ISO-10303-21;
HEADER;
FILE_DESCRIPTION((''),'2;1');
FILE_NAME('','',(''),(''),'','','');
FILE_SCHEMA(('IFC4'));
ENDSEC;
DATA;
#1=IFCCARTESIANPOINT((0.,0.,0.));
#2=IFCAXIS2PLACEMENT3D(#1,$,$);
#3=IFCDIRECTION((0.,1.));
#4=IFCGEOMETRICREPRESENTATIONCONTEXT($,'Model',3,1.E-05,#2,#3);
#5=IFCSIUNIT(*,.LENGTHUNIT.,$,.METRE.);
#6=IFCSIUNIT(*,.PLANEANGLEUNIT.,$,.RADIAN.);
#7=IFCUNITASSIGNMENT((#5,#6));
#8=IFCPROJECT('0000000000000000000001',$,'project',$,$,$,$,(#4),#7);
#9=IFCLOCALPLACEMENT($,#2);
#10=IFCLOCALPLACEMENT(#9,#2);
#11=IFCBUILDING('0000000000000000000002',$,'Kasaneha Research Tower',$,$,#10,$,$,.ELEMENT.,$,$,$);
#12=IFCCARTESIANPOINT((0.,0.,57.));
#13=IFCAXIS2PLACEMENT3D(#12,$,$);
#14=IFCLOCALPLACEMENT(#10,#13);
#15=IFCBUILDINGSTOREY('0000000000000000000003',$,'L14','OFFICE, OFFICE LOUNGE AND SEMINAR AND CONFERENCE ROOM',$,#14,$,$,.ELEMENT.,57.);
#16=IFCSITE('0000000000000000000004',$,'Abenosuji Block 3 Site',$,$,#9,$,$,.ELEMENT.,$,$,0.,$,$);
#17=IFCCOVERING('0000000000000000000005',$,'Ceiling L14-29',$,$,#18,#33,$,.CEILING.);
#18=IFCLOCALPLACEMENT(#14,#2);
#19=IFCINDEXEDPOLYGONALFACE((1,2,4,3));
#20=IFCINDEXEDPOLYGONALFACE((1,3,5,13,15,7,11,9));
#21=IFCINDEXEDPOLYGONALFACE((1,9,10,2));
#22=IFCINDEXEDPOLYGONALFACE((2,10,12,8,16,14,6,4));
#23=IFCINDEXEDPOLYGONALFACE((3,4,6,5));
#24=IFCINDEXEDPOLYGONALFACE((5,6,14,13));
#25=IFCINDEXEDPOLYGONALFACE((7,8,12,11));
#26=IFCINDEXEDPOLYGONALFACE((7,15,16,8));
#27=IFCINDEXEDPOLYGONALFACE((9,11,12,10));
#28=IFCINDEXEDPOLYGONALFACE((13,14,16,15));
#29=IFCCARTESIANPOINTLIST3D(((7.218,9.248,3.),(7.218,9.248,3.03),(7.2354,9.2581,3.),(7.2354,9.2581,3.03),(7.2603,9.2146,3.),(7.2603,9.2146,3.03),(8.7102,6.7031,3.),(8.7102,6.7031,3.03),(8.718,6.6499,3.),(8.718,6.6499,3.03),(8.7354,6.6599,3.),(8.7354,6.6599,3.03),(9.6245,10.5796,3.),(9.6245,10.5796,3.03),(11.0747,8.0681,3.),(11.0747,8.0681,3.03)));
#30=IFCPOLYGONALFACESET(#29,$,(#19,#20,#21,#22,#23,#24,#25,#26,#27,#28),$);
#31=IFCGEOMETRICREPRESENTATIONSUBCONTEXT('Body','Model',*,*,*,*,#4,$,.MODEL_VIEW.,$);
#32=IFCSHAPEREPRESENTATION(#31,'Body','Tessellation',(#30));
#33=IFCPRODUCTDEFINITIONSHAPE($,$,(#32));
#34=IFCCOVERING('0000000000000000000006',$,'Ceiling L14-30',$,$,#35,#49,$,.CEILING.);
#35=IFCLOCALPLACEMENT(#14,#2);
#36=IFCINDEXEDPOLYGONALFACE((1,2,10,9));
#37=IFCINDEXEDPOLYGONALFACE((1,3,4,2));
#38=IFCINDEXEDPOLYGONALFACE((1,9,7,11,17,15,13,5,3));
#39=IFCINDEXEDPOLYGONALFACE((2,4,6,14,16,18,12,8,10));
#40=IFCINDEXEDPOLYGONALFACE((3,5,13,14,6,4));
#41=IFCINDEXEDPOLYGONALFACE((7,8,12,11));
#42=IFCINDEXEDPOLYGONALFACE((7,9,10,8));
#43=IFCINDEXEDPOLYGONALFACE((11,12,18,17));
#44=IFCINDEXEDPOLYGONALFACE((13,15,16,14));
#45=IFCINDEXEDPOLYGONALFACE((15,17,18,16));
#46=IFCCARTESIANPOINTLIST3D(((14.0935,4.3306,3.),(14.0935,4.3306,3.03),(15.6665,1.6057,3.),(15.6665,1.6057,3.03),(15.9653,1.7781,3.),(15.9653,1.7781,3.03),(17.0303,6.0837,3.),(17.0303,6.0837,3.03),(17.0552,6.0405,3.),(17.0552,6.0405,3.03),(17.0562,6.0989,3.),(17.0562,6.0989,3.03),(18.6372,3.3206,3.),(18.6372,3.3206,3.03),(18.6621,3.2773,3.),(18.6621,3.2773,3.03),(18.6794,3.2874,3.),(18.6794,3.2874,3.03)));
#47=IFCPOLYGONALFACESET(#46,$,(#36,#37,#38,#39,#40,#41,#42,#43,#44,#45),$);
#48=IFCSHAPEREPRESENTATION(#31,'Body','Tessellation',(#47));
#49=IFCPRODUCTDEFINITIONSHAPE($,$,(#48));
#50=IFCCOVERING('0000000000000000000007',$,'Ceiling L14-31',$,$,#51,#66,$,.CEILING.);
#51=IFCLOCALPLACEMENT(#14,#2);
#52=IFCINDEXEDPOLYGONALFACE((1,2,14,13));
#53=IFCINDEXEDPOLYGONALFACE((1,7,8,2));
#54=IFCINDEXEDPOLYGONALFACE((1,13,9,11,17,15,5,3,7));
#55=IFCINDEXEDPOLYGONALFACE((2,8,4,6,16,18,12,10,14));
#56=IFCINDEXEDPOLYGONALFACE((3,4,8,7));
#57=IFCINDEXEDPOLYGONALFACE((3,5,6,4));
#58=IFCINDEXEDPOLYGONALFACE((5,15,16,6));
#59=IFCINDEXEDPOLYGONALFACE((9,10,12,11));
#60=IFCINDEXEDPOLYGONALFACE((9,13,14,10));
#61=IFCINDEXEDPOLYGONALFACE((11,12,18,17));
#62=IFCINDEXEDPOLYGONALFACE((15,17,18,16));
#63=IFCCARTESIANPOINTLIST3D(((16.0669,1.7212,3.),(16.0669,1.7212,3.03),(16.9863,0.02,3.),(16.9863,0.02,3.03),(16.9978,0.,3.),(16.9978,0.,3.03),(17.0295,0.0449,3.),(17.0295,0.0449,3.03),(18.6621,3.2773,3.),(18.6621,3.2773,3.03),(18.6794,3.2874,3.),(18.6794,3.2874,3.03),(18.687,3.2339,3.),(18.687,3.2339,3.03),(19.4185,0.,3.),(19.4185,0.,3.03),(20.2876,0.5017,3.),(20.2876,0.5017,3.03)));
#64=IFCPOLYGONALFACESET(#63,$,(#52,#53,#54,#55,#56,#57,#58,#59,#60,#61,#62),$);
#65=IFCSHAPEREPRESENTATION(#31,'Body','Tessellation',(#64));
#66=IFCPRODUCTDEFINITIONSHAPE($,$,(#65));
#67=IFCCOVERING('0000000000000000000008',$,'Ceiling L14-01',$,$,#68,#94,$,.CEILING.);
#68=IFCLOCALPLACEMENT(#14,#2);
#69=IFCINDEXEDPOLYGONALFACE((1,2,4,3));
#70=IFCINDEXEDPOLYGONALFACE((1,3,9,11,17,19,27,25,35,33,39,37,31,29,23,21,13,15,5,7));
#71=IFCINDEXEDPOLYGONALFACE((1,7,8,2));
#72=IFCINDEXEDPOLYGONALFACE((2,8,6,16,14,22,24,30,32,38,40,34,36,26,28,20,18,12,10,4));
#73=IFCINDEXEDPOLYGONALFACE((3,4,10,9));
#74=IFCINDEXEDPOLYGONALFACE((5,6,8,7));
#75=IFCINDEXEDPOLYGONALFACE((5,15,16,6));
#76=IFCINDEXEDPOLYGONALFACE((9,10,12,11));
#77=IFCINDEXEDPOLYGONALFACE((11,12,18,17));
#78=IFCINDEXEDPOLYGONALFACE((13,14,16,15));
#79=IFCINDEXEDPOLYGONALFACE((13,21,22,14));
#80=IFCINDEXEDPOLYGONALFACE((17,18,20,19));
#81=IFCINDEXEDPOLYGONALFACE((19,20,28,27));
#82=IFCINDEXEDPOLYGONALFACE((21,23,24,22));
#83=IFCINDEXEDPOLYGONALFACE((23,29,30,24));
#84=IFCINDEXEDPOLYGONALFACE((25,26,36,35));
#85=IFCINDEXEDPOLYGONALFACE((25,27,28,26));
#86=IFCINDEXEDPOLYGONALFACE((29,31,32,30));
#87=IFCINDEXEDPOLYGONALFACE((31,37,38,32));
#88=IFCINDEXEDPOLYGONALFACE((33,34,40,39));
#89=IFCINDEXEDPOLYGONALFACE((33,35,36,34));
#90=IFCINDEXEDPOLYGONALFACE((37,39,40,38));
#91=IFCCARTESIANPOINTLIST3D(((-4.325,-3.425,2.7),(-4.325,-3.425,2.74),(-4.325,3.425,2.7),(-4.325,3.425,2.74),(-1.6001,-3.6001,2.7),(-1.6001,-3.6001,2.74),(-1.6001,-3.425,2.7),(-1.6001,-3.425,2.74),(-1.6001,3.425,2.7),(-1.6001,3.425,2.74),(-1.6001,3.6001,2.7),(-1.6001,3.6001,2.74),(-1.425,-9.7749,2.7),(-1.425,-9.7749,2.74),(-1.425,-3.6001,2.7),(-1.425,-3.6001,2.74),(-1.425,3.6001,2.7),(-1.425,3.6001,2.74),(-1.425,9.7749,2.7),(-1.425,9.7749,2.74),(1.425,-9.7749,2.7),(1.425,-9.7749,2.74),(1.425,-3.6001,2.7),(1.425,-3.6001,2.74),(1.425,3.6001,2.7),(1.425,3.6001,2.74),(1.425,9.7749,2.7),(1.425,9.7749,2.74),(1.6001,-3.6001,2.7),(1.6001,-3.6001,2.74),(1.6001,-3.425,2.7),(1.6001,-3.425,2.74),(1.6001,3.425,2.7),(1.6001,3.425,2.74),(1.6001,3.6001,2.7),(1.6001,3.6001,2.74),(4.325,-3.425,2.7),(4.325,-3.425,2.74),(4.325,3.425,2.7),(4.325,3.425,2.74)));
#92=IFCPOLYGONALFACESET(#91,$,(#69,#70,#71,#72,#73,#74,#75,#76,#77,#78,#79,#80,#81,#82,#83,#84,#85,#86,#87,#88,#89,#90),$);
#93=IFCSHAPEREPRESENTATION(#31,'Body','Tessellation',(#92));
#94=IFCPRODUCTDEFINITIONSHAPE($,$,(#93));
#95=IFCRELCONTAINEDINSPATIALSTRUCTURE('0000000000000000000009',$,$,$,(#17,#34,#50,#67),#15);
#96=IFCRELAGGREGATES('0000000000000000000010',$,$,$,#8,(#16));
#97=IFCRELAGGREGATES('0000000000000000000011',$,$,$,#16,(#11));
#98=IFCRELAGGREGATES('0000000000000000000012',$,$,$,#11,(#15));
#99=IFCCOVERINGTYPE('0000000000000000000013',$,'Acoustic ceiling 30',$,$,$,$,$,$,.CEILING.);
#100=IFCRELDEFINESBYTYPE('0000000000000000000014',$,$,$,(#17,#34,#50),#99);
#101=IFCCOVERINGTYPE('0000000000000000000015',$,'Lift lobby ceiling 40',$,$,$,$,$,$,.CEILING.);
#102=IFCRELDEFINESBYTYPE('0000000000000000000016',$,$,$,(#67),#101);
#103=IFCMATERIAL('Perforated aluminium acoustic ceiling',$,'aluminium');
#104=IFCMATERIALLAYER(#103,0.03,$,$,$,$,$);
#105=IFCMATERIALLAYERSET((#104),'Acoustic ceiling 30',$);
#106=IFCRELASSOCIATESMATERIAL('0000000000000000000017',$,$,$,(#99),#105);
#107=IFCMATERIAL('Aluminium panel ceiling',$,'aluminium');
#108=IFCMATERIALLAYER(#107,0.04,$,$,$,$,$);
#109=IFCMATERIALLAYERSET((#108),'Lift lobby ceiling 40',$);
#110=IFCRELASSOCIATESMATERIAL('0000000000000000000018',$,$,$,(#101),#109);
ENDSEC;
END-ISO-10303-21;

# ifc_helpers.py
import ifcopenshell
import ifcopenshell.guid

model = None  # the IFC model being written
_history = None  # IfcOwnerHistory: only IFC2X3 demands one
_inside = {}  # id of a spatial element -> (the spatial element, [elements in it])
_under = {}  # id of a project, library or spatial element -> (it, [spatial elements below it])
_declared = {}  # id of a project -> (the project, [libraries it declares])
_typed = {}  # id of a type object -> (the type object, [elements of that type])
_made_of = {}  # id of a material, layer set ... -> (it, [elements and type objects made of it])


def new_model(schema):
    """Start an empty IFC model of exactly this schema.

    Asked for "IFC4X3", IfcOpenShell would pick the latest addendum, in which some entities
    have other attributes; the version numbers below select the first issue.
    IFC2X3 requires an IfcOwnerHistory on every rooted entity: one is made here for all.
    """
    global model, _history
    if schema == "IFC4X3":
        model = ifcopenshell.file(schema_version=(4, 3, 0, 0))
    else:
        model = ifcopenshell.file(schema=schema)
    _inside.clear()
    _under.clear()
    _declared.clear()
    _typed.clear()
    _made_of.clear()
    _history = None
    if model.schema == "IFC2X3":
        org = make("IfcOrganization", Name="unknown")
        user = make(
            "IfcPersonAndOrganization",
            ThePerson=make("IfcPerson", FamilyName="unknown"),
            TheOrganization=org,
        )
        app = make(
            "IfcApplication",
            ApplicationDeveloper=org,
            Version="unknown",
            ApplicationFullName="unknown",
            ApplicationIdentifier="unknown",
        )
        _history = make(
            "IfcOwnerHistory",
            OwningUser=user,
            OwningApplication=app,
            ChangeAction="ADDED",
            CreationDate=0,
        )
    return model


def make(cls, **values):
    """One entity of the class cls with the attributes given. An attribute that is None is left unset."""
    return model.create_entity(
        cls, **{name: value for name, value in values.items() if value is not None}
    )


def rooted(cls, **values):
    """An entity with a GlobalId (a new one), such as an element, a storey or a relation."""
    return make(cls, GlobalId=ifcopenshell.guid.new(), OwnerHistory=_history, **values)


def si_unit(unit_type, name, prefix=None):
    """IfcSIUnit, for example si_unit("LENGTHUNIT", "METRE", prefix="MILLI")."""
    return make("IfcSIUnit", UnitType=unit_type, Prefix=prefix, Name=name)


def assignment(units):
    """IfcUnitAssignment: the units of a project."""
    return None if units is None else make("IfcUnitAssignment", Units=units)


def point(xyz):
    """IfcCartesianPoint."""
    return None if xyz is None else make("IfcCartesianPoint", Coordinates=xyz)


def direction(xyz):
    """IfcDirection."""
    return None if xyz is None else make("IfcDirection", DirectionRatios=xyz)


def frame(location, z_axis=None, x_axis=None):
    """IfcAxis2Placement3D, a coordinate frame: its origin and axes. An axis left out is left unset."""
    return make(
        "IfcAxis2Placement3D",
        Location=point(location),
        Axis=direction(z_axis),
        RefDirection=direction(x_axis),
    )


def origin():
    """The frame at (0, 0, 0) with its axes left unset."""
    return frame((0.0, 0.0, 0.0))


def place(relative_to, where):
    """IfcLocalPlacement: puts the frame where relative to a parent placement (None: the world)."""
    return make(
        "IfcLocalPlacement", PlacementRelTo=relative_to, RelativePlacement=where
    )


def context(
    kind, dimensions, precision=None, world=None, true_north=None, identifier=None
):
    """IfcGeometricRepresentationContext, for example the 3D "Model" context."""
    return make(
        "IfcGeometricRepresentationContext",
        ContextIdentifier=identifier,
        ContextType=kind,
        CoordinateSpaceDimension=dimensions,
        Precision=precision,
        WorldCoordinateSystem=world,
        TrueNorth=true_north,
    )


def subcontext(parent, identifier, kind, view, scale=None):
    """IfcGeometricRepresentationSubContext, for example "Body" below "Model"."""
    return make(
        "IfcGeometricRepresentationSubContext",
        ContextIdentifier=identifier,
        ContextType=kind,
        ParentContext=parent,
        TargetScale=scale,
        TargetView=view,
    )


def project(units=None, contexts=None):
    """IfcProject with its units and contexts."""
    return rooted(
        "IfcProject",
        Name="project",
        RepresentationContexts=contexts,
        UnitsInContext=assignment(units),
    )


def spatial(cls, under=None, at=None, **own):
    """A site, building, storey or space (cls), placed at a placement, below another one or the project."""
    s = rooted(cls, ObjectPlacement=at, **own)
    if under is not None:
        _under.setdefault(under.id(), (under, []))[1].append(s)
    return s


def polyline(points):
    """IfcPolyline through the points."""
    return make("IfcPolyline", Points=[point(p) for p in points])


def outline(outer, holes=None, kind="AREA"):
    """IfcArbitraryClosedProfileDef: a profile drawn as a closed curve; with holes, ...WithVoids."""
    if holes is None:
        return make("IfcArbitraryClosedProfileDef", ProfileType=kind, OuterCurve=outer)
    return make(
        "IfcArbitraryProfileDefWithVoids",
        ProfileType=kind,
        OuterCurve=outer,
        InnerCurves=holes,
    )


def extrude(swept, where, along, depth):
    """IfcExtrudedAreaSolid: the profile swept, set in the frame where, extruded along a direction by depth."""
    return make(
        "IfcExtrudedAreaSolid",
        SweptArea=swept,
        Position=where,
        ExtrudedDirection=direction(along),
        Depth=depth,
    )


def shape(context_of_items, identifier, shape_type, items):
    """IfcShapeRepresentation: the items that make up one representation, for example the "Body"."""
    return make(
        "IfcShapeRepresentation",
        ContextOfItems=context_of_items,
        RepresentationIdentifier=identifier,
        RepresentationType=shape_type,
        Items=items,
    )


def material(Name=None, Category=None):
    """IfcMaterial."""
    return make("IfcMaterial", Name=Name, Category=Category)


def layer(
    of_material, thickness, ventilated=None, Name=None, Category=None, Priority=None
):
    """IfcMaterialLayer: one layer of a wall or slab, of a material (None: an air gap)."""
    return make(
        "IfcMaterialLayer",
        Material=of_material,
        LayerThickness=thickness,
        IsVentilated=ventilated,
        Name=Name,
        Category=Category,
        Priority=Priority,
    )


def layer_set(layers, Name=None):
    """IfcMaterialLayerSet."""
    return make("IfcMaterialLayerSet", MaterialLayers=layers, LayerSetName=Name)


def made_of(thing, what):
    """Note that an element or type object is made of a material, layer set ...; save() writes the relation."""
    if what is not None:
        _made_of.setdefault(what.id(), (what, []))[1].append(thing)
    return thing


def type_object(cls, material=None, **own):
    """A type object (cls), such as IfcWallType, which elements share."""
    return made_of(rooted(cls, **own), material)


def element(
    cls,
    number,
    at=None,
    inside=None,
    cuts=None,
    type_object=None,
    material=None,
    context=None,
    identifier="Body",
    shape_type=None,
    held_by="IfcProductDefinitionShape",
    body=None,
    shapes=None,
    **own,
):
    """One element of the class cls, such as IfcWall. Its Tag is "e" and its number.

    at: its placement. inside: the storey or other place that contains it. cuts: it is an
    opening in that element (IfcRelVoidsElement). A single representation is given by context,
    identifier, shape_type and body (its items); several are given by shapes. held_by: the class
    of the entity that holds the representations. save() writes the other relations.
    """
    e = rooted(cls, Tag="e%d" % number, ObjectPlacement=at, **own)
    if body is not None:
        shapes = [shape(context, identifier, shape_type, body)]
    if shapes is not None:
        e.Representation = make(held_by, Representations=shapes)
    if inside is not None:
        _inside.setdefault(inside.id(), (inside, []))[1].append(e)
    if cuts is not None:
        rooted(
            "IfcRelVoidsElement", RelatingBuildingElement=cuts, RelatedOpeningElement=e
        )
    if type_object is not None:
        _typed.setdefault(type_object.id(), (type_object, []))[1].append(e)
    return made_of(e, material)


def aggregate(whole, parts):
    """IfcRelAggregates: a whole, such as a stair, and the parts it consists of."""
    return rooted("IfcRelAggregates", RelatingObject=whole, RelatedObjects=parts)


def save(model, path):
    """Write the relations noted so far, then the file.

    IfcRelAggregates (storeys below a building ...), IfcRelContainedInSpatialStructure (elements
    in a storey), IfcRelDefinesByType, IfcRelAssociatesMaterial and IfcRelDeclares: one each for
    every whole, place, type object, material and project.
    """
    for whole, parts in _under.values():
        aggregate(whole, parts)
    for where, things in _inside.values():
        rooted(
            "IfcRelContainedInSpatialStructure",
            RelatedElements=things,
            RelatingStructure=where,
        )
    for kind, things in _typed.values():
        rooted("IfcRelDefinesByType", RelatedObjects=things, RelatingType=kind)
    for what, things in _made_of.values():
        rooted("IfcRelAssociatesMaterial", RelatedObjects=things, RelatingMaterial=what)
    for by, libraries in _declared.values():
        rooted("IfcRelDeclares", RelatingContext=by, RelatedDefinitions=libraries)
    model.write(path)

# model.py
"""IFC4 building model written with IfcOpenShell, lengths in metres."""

from ifc_helpers import new_model, si_unit, direction, frame, origin, place, context, subcontext, project, spatial, polyline, outline, extrude, material, layer, layer_set, type_object, element, save


model = new_model("IFC4")

# Units and contexts
model_context = context("Model", 3, precision=1e-05, world=origin(), true_north=direction((0.0, 1.0)))
body_context = subcontext(model_context, "Body", "Model", "MODEL_VIEW")
ifc_project = project(units=[si_unit("LENGTHUNIT", "METRE"), si_unit("PLANEANGLEUNIT", "RADIAN")], contexts=[model_context])

# Site, building, storey
site_placement = place(None, origin())
site = spatial("IfcSite", under=ifc_project, at=site_placement, Name="Abenosuji Block 3 Site", CompositionType="ELEMENT", RefElevation=0.0)
building_placement = place(site_placement, origin())
building = spatial("IfcBuilding", under=site, at=building_placement, Name="Kasaneha Research Tower", CompositionType="ELEMENT")
storey_placement = place(building_placement, frame((0.0, 0.0, 57.0)))
storey = spatial("IfcBuildingStorey", under=building, at=storey_placement, Name="L14", Description="OFFICE, OFFICE LOUNGE AND SEMINAR AND CONFERENCE ROOM", CompositionType="ELEMENT", Elevation=57.0)

# Coverings
ifc_material_1 = material(Name="Perforated aluminium acoustic ceiling", Category="aluminium")
ifc_layer_1 = layer(ifc_material_1, 0.03)
ifc_layer_set_1 = layer_set([ifc_layer_1], Name="Acoustic ceiling 30")
covering_type_1 = type_object("IfcCoveringType", Name="Acoustic ceiling 30", PredefinedType="CEILING", material=ifc_layer_set_1)
covering_1_placement = place(storey_placement, frame((0.0, 0.0, 3.0)))
element("IfcCovering", 1, at=covering_1_placement, inside=storey, type_object=covering_type_1, Name="Ceiling L14-29", PredefinedType="CEILING", context=body_context, shape_type="SweptSolid", body=[
    extrude(outline(polyline([(7.218, 9.248), (7.2354, 9.2581), (7.2603, 9.2146), (9.6245, 10.5796), (11.0747, 8.0681), (8.7102, 6.7031), (8.7354, 6.6599), (8.718, 6.6499), (7.218, 9.248)])), origin(), (0.0, 0.0, 1.0), 0.03),
])
covering_2_placement = place(storey_placement, frame((0.0, 0.0, 3.0)))
element("IfcCovering", 2, at=covering_2_placement, inside=storey, type_object=covering_type_1, Name="Ceiling L14-30", PredefinedType="CEILING", context=body_context, shape_type="SweptSolid", body=[
    extrude(outline(polyline([(18.6794, 3.2874), (18.6621, 3.2773), (18.6372, 3.3206), (15.9653, 1.7781), (15.9653, 1.7781), (15.6665, 1.6057), (14.0935, 4.3306), (17.0552, 6.0405), (17.0303, 6.0837), (17.0562, 6.0989), (18.6794, 3.2874)])), origin(), (0.0, 0.0, 1.0), 0.03),
])
covering_3_placement = place(storey_placement, frame((0.0, 0.0, 3.0)))
element("IfcCovering", 3, at=covering_3_placement, inside=storey, type_object=covering_type_1, Name="Ceiling L14-31", PredefinedType="CEILING", context=body_context, shape_type="SweptSolid", body=[
    extrude(outline(polyline([(16.9978, 0.0), (16.9863, 0.02), (17.0295, 0.0449), (16.0669, 1.7212), (18.687, 3.2339), (18.6621, 3.2773), (18.6794, 3.2874), (20.2876, 0.5017), (19.4185, 0.0), (16.9978, 0.0)])), origin(), (0.0, 0.0, 1.0), 0.03),
])
ifc_material_2 = material(Name="Aluminium panel ceiling", Category="aluminium")
ifc_layer_2 = layer(ifc_material_2, 0.04)
ifc_layer_set_2 = layer_set([ifc_layer_2], Name="Lift lobby ceiling 40")
covering_type_2 = type_object("IfcCoveringType", Name="Lift lobby ceiling 40", PredefinedType="CEILING", material=ifc_layer_set_2)
covering_4_placement = place(storey_placement, frame((0.0, 0.0, 2.7)))
element("IfcCovering", 4, at=covering_4_placement, inside=storey, type_object=covering_type_2, Name="Ceiling L14-01", PredefinedType="CEILING", context=body_context, shape_type="SweptSolid", body=[
    extrude(outline(polyline([(1.425, 9.7749), (1.425, 3.6001), (1.6001, 3.6001), (1.6001, 3.425), (4.325, 3.425), (4.325, -3.425), (1.6001, -3.425), (1.6001, -3.6001), (1.425, -3.6001), (1.425, -9.7749), (-1.425, -9.7749), (-1.425, -3.6001), (-1.6001, -3.6001), (-1.6001, -3.425), (-4.325, -3.425), (-4.325, 3.425), (-1.6001, 3.425), (-1.6001, 3.6001), (-1.425, 3.6001), (-1.425, 9.7749), (1.425, 9.7749)])), origin(), (0.0, 0.0, 1.0), 0.04),
])

save(model, "model.ifc")
